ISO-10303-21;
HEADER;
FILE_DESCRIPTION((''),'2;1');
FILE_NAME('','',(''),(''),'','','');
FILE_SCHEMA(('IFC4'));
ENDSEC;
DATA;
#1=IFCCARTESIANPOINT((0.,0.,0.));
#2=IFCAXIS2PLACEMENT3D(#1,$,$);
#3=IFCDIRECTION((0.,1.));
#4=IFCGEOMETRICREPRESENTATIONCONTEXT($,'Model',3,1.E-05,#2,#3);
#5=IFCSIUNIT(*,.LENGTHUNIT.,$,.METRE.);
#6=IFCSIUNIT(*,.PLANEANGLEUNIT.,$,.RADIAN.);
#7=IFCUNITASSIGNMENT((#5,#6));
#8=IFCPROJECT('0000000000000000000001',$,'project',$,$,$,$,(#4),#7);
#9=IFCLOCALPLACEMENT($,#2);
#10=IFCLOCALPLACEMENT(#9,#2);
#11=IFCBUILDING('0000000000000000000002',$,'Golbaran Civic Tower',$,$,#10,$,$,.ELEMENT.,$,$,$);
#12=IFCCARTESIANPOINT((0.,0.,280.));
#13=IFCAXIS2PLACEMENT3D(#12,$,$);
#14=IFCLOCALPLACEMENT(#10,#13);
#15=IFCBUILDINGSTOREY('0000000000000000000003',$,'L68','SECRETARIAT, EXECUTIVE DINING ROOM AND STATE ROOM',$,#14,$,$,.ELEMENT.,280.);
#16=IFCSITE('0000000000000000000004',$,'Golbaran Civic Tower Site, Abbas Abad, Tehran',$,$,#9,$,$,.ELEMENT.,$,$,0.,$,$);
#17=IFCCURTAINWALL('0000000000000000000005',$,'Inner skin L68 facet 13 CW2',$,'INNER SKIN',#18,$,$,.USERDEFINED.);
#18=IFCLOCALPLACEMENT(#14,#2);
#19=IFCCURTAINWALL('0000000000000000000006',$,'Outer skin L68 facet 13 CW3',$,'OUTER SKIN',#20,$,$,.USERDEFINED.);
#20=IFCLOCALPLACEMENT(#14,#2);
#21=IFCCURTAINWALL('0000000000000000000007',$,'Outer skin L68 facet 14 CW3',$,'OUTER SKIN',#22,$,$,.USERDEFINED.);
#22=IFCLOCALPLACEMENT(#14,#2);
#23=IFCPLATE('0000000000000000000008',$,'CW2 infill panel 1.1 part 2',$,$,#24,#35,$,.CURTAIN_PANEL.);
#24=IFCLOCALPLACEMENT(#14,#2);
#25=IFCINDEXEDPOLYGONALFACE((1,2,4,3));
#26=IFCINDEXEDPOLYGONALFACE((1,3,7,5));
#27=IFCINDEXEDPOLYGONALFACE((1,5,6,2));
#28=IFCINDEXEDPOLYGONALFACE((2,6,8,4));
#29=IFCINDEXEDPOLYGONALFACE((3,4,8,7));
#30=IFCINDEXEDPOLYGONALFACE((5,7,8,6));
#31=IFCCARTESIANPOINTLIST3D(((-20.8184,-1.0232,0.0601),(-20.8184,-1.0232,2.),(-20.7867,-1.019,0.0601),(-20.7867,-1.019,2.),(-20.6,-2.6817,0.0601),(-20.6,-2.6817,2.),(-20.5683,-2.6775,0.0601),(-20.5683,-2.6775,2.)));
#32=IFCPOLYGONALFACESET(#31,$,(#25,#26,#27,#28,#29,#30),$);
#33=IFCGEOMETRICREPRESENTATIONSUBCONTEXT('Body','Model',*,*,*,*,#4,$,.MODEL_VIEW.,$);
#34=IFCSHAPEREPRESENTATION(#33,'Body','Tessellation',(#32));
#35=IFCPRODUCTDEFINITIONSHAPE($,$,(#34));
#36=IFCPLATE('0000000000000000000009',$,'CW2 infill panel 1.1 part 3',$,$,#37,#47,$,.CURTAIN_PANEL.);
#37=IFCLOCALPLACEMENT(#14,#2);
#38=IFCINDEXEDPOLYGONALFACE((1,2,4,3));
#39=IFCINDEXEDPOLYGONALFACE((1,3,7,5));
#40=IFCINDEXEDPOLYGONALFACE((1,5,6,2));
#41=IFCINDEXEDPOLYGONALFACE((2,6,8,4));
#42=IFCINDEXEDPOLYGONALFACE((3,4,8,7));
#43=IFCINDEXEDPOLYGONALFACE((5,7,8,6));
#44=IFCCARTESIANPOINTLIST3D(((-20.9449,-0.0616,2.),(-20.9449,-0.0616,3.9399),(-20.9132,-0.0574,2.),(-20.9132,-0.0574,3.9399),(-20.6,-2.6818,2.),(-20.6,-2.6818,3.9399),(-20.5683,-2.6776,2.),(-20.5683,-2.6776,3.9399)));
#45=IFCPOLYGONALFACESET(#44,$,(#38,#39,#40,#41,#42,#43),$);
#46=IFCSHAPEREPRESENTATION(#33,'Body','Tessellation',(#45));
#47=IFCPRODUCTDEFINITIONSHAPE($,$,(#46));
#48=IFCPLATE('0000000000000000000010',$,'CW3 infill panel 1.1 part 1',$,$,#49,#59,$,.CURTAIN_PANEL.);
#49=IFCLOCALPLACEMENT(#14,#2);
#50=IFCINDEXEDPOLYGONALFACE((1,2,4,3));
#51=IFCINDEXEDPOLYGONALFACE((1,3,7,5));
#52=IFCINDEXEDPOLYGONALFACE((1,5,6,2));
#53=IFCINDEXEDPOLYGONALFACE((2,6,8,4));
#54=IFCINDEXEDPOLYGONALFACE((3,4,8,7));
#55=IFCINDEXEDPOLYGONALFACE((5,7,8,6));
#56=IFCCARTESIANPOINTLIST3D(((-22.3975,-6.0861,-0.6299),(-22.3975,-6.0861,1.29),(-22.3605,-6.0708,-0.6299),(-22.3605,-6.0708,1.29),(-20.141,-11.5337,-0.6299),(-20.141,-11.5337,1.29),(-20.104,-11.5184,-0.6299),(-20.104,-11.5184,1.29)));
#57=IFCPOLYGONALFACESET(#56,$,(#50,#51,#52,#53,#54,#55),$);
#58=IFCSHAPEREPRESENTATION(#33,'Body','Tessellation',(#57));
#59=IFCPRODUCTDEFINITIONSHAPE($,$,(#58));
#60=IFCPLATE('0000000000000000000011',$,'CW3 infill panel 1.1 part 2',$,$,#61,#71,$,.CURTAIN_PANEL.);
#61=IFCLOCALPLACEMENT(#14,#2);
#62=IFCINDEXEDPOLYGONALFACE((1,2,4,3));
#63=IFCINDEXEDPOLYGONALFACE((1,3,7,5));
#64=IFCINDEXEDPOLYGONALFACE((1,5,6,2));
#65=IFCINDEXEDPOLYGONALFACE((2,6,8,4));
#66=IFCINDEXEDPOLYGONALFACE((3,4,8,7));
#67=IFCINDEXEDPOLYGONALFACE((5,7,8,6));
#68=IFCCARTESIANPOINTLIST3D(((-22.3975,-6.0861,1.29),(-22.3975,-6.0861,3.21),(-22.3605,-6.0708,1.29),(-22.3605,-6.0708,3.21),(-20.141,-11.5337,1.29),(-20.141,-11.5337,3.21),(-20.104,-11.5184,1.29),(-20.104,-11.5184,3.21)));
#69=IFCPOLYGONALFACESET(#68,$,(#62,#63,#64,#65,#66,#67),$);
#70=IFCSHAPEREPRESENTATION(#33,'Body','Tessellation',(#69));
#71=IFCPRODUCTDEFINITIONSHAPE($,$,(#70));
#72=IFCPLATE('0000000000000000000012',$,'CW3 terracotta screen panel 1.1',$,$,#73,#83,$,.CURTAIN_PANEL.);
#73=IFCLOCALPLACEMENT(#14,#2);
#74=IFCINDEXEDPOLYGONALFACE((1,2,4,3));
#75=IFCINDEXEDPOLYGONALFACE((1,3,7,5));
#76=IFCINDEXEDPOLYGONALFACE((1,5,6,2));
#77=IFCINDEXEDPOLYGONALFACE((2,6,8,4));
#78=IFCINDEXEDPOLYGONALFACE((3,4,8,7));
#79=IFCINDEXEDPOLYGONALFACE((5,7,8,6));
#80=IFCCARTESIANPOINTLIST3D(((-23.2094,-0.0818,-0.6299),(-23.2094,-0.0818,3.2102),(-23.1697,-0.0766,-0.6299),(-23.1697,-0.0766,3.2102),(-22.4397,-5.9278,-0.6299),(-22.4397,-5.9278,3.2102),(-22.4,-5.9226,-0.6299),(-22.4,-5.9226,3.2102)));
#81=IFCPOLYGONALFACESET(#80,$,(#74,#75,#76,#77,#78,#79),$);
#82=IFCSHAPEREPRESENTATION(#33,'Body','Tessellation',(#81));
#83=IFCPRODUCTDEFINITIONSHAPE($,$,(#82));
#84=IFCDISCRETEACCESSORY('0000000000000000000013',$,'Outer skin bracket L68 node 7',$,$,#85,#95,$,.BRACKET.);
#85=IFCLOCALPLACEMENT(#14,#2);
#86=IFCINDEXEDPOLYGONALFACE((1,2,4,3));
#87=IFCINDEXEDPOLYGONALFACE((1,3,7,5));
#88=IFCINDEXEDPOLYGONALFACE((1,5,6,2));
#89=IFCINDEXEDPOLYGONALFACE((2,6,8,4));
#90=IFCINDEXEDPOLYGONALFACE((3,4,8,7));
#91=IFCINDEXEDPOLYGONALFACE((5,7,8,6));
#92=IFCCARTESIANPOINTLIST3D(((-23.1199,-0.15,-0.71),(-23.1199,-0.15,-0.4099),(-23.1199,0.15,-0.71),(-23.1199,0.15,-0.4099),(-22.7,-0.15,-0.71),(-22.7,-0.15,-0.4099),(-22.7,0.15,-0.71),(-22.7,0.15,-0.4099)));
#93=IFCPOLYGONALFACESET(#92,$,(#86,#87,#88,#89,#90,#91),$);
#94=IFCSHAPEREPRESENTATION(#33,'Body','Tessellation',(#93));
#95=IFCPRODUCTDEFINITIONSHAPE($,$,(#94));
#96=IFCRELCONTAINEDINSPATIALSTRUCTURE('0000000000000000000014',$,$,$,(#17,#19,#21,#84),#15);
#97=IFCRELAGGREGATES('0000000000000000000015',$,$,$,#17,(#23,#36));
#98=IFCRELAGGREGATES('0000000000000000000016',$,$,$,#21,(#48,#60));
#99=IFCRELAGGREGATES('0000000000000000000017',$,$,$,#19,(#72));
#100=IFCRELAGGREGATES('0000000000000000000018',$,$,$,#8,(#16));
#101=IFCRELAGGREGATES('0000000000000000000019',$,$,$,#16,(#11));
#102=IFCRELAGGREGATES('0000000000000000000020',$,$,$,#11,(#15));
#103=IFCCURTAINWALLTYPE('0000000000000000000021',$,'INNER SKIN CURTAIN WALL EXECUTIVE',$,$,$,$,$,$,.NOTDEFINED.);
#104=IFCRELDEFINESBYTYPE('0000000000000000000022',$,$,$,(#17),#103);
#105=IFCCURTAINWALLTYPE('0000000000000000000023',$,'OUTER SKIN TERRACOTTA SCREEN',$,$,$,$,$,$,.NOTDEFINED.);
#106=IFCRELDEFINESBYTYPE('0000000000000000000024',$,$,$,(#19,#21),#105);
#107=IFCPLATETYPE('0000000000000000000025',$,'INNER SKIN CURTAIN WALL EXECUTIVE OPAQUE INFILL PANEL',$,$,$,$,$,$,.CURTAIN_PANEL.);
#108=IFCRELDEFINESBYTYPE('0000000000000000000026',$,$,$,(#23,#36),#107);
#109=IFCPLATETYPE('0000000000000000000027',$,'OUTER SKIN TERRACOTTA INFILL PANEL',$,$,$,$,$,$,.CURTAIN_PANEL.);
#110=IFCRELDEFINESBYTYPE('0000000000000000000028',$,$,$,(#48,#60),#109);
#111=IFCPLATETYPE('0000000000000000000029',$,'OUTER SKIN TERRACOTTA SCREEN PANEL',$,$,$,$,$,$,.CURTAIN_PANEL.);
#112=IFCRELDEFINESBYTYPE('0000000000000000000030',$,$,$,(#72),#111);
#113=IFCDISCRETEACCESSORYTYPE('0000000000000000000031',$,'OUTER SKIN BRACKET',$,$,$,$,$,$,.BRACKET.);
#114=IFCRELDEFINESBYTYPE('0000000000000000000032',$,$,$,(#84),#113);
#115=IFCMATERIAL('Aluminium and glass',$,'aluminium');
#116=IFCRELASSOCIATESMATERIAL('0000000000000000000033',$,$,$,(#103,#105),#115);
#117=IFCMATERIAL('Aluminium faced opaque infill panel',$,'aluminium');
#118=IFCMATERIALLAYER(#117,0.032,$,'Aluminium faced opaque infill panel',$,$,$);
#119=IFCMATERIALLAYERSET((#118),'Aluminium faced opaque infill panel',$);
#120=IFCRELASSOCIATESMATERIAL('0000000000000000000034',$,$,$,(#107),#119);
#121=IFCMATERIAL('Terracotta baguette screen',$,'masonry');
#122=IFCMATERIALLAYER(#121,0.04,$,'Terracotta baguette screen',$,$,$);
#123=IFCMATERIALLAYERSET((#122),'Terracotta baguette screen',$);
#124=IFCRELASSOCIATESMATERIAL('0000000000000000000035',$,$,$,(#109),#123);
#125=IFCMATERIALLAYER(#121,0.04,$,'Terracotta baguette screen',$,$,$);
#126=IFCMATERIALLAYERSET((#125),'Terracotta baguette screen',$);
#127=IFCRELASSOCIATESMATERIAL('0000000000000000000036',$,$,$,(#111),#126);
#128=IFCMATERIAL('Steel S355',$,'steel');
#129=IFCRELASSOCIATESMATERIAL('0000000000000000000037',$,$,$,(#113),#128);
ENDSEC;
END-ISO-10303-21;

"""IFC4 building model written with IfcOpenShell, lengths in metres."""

from ifc_helpers import new_model, si_unit, direction, frame, origin, origin_2d, place, context, subcontext, project, spatial, rectangle, extrude, material, layer, layer_set, type_object, element, aggregate, save


model = new_model("IFC4")

# Units and contexts
model_context = context("Model", 3, precision=1e-05, world=origin(), true_north=direction((0.0, 1.0)))
body_context = subcontext(model_context, "Body", "Model", "MODEL_VIEW")
ifc_project = project(units=[si_unit("LENGTHUNIT", "METRE"), si_unit("PLANEANGLEUNIT", "RADIAN")], contexts=[model_context])

# Site, building, storey
site_placement = place(None, origin())
site = spatial("IfcSite", under=ifc_project, at=site_placement, Name="Golbaran Civic Tower Site, Abbas Abad, Tehran", CompositionType="ELEMENT", RefElevation=0.0)
building_placement = place(site_placement, origin())
building = spatial("IfcBuilding", under=site, at=building_placement, Name="Golbaran Civic Tower", CompositionType="ELEMENT")
storey_placement = place(building_placement, frame((0.0, 0.0, 280.0)))
storey = spatial("IfcBuildingStorey", under=building, at=storey_placement, Name="L68", Description="SECRETARIAT, EXECUTIVE DINING ROOM AND STATE ROOM", CompositionType="ELEMENT", Elevation=280.0)

# Curtain walls
ifc_material_1 = material(Name="Aluminium and glass", Category="aluminium")
curtain_wall_type_1 = type_object("IfcCurtainWallType", Name="INNER SKIN CURTAIN WALL EXECUTIVE", PredefinedType="NOTDEFINED", material=ifc_material_1)
curtain_wall_1_placement = place(storey_placement, origin())
curtain_wall_1 = element("IfcCurtainWall", 1, at=curtain_wall_1_placement, inside=storey, type_object=curtain_wall_type_1, Name="Inner skin L68 facet 13 CW2", ObjectType="INNER SKIN", PredefinedType="USERDEFINED")
curtain_wall_type_2 = type_object("IfcCurtainWallType", Name="OUTER SKIN TERRACOTTA SCREEN", PredefinedType="NOTDEFINED", material=ifc_material_1)
curtain_wall_2_placement = place(storey_placement, origin())
curtain_wall_2 = element("IfcCurtainWall", 2, at=curtain_wall_2_placement, inside=storey, type_object=curtain_wall_type_2, Name="Outer skin L68 facet 13 CW3", ObjectType="OUTER SKIN", PredefinedType="USERDEFINED")

# Curtain wall
curtain_wall_3_placement = place(storey_placement, origin())
curtain_wall_3 = element("IfcCurtainWall", 3, at=curtain_wall_3_placement, inside=storey, type_object=curtain_wall_type_2, Name="Outer skin L68 facet 14 CW3", ObjectType="OUTER SKIN", PredefinedType="USERDEFINED")

# Plates
ifc_material_2 = material(Name="Aluminium faced opaque infill panel", Category="aluminium")
ifc_layer_1 = layer(ifc_material_2, 0.032, Name="Aluminium faced opaque infill panel")
ifc_layer_set_1 = layer_set([ifc_layer_1], Name="Aluminium faced opaque infill panel")
plate_type_1 = type_object("IfcPlateType", Name="INNER SKIN CURTAIN WALL EXECUTIVE OPAQUE INFILL PANEL", PredefinedType="CURTAIN_PANEL", material=ifc_layer_set_1)
plate_1_placement = place(storey_placement, frame((-20.6934, -1.8503, 0.0601), z_axis=(0.0, 0.0, 1.0), x_axis=(0.130526, -0.991445, 0.0)))
plate_1 = element("IfcPlate", 4, at=plate_1_placement, type_object=plate_type_1, Name="CW2 infill panel 1.1 part 2", PredefinedType="CURTAIN_PANEL", context=body_context, shape_type="SweptSolid", body=[
    extrude(rectangle(XDim=1.6729, YDim=0.032, at=origin_2d()), origin(), (0.0, 0.0, 1.0), 1.9399),
])
plate_2_placement = place(storey_placement, frame((-20.7566, -1.3696, 2.0), z_axis=(0.0, 0.0, 1.0), x_axis=(0.130526, -0.991445, 0.0)))
plate_2 = element("IfcPlate", 5, at=plate_2_placement, type_object=plate_type_1, Name="CW2 infill panel 1.1 part 3", PredefinedType="CURTAIN_PANEL", context=body_context, shape_type="SweptSolid", body=[
    extrude(rectangle(XDim=2.6428, YDim=0.032, at=origin_2d()), origin(), (0.0, 0.0, 1.0), 1.9399),
])
aggregate(curtain_wall_1, [plate_1, plate_2])
ifc_material_3 = material(Name="Terracotta baguette screen", Category="masonry")
ifc_layer_2 = layer(ifc_material_3, 0.04, Name="Terracotta baguette screen")
ifc_layer_set_2 = layer_set([ifc_layer_2], Name="Terracotta baguette screen")
plate_type_2 = type_object("IfcPlateType", Name="OUTER SKIN TERRACOTTA INFILL PANEL", PredefinedType="CURTAIN_PANEL", material=ifc_layer_set_2)
plate_3_placement = place(storey_placement, frame((-21.2507, -8.8022, -0.6299), z_axis=(0.0, 0.0, 1.0), x_axis=(0.382683, -0.92388, 0.0)))
plate_3 = element("IfcPlate", 6, at=plate_3_placement, type_object=plate_type_2, Name="CW3 infill panel 1.1 part 1", PredefinedType="CURTAIN_PANEL", context=body_context, shape_type="SweptSolid", body=[
    extrude(rectangle(XDim=5.8965, YDim=0.04, at=origin_2d()), origin(), (0.0, 0.0, 1.0), 1.9199),
])
plate_4_placement = place(storey_placement, frame((-21.2507, -8.8022, 1.29), z_axis=(0.0, 0.0, 1.0), x_axis=(0.382683, -0.92388, 0.0)))
plate_4 = element("IfcPlate", 7, at=plate_4_placement, type_object=plate_type_2, Name="CW3 infill panel 1.1 part 2", PredefinedType="CURTAIN_PANEL", context=body_context, shape_type="SweptSolid", body=[
    extrude(rectangle(XDim=5.8965, YDim=0.04, at=origin_2d()), origin(), (0.0, 0.0, 1.0), 1.9199),
])
aggregate(curtain_wall_3, [plate_3, plate_4])
ifc_layer_3 = layer(ifc_material_3, 0.04, Name="Terracotta baguette screen")
ifc_layer_set_3 = layer_set([ifc_layer_3], Name="Terracotta baguette screen")
plate_type_3 = type_object("IfcPlateType", Name="OUTER SKIN TERRACOTTA SCREEN PANEL", PredefinedType="CURTAIN_PANEL", material=ifc_layer_set_3)
plate_5_placement = place(storey_placement, frame((-22.8047, -3.0022, -0.6299), z_axis=(0.0, 0.0, 1.0), x_axis=(0.130526, -0.991445, 0.0)))
plate_5 = element("IfcPlate", 8, at=plate_5_placement, type_object=plate_type_3, Name="CW3 terracotta screen panel 1.1", PredefinedType="CURTAIN_PANEL", context=body_context, shape_type="SweptSolid", body=[
    extrude(rectangle(XDim=5.8965, YDim=0.04, at=origin_2d()), origin(), (0.0, 0.0, 1.0), 3.8401),
])
aggregate(curtain_wall_2, [plate_5])

# Discrete accessory
ifc_material_4 = material(Name="Steel S355", Category="steel")
discrete_accessory_type = type_object("IfcDiscreteAccessoryType", Name="OUTER SKIN BRACKET", PredefinedType="BRACKET", material=ifc_material_4)
discrete_accessory_placement = place(storey_placement, frame((-22.9099, 0.0, -0.71), z_axis=(0.0, 0.0, 1.0), x_axis=(-1.0, 0.0, 0.0)))
element("IfcDiscreteAccessory", 9, at=discrete_accessory_placement, inside=storey, type_object=discrete_accessory_type, Name="Outer skin bracket L68 node 7", PredefinedType="BRACKET", context=body_context, shape_type="SweptSolid", body=[
    extrude(rectangle(XDim=0.4199, YDim=0.3, at=origin_2d()), origin(), (0.0, 0.0, 1.0), 0.3),
])

save(model, "model.ifc")
